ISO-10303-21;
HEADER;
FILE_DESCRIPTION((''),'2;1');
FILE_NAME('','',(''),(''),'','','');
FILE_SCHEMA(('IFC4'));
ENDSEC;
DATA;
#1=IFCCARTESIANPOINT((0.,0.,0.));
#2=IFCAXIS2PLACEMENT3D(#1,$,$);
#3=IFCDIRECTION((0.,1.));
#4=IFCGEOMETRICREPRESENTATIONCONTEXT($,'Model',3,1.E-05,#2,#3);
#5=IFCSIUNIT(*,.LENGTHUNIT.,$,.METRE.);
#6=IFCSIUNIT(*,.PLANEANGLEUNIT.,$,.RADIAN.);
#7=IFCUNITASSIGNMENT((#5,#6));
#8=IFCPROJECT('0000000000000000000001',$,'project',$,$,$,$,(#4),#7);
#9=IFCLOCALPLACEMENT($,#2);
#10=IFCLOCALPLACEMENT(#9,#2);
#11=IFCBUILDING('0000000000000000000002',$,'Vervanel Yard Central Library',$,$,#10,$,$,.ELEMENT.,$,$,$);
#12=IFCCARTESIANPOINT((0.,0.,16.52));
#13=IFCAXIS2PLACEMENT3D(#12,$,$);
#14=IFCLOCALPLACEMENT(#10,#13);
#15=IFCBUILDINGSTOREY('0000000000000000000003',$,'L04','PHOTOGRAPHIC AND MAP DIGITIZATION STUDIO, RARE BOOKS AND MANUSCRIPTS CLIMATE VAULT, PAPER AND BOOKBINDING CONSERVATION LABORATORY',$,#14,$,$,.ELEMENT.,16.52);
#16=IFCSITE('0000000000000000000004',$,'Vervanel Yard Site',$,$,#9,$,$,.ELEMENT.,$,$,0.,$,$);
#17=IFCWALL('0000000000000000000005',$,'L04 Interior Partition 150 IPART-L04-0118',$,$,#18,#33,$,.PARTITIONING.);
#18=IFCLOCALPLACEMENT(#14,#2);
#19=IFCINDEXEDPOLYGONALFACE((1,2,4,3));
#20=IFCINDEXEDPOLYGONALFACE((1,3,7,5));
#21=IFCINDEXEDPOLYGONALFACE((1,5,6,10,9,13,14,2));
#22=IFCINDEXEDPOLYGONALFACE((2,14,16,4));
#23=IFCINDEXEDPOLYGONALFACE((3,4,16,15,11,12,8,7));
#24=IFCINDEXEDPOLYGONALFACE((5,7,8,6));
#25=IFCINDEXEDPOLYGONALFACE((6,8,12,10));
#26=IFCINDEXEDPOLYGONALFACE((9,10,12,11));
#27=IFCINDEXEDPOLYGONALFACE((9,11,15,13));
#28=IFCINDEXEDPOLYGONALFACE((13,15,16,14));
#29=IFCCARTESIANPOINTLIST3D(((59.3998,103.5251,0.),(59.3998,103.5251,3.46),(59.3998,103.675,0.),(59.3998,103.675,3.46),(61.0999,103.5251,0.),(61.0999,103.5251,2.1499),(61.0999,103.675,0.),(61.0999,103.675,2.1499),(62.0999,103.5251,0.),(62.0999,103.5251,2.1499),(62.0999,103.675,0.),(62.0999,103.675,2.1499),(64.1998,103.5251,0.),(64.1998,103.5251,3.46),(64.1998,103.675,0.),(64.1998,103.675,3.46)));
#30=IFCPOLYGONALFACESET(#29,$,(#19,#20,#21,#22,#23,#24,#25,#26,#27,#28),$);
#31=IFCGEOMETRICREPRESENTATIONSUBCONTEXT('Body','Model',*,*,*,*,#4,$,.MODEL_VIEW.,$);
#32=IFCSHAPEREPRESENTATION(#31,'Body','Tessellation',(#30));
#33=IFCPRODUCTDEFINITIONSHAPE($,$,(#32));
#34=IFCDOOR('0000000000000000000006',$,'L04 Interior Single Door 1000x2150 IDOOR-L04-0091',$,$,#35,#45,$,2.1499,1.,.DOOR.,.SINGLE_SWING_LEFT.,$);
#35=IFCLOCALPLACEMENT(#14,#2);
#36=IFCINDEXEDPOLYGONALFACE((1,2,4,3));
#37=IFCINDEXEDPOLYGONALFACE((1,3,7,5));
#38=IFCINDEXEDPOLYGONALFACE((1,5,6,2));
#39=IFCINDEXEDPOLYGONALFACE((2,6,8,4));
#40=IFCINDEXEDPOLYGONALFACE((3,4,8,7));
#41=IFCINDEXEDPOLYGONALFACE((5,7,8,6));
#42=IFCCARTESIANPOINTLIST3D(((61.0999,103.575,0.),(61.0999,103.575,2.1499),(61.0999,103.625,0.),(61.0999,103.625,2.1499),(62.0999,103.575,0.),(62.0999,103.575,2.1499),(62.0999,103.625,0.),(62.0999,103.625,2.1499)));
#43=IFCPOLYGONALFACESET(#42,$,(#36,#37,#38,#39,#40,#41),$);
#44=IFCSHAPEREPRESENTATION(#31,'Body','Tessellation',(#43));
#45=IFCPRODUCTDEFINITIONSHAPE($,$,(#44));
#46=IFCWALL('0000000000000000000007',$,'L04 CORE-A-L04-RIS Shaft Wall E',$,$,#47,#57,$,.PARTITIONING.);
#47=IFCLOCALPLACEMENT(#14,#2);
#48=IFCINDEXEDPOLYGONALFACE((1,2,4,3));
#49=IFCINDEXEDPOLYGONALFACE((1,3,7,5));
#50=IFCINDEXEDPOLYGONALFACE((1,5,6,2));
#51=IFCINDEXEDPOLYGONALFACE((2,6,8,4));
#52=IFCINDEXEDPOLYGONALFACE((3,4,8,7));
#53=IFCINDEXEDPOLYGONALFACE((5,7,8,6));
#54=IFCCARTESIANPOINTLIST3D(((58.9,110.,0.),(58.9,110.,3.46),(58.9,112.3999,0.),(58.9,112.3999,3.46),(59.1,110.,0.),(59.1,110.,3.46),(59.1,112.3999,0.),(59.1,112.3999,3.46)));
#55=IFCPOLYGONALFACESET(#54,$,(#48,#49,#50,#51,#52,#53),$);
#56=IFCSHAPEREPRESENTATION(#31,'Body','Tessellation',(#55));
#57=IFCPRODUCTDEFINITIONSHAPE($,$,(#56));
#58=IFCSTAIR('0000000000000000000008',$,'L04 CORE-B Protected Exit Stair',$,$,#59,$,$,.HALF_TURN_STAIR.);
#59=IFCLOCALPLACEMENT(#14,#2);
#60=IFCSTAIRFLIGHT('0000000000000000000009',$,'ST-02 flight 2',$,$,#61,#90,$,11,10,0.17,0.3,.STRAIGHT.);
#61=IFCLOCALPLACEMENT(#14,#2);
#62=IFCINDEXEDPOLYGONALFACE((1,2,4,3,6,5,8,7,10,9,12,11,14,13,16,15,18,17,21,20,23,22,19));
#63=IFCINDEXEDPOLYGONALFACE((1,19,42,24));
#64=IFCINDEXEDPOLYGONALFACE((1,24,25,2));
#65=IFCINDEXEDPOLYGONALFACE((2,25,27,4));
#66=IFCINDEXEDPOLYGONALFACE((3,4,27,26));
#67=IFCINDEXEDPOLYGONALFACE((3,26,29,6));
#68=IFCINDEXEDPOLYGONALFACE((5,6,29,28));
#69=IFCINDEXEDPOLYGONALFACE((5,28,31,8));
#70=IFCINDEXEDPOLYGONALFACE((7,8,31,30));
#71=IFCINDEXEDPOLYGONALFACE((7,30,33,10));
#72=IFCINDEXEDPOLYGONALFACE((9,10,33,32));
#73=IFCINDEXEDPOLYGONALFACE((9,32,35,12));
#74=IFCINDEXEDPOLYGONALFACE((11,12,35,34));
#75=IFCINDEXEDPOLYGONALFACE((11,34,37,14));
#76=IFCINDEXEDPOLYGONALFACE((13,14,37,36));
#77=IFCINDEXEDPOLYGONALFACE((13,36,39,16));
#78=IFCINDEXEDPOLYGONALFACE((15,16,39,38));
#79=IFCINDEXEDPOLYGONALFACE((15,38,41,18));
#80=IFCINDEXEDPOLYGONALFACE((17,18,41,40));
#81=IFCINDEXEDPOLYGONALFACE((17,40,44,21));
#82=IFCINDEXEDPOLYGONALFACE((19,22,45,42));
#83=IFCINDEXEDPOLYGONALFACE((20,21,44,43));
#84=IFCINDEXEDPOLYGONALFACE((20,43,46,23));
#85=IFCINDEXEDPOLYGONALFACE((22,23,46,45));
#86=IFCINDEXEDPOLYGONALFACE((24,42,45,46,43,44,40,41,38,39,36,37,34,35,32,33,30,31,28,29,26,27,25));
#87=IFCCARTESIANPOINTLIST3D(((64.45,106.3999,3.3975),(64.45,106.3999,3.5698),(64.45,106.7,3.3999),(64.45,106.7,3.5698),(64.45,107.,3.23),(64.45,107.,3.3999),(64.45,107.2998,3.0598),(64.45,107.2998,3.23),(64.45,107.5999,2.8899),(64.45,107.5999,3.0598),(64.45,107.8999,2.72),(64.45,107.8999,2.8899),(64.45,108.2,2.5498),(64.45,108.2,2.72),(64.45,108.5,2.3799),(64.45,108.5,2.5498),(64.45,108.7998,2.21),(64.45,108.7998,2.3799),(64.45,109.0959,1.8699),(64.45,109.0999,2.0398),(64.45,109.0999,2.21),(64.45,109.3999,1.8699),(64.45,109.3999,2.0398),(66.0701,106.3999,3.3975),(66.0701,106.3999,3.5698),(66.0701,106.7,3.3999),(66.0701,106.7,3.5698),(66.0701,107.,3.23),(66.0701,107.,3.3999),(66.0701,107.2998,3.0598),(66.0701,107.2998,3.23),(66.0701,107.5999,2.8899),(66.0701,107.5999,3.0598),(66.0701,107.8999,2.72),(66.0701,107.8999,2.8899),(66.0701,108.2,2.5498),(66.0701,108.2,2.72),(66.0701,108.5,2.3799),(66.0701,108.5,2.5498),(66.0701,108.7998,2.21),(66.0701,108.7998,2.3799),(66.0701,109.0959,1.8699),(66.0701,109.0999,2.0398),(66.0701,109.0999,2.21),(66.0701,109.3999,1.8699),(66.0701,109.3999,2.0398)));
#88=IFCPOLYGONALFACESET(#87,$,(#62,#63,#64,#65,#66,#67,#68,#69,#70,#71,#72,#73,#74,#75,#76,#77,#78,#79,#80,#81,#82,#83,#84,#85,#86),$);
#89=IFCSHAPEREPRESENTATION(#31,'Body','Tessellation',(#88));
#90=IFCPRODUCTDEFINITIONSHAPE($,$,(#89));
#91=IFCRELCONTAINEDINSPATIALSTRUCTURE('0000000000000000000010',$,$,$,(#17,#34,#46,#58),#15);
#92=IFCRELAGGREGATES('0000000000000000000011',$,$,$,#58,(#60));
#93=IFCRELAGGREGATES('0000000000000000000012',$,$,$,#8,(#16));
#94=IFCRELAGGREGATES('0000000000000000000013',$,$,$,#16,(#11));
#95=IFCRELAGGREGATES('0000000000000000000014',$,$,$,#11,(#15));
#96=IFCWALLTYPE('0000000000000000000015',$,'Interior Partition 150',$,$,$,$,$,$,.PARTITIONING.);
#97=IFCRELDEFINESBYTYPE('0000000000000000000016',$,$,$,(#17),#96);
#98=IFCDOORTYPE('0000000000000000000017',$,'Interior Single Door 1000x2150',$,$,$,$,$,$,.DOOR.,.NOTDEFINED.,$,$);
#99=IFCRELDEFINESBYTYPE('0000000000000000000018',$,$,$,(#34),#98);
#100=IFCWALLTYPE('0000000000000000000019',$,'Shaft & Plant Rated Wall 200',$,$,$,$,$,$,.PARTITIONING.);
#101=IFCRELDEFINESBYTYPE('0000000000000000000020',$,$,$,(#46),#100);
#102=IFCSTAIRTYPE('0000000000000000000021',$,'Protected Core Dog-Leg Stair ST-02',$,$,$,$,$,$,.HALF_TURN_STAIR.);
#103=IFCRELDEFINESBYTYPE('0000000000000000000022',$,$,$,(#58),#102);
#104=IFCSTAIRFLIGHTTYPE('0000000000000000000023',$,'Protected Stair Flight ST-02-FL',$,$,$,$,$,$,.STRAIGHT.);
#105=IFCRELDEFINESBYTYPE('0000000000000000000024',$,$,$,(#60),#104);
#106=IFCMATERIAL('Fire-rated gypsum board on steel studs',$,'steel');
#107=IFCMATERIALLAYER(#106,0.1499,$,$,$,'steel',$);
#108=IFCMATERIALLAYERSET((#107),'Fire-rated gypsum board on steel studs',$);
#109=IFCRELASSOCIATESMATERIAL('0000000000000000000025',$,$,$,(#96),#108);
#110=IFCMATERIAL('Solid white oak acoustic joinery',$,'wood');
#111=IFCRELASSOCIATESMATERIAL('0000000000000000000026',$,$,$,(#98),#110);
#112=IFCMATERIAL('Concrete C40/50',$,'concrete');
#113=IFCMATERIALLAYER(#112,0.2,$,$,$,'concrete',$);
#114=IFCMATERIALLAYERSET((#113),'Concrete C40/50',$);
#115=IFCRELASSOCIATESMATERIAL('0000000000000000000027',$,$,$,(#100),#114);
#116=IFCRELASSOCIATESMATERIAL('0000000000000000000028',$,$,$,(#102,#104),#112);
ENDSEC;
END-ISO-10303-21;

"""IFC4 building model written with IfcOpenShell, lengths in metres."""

from ifc_helpers import new_model, si_unit, direction, frame, frame_2d, origin, place, context, subcontext, project, spatial, polyline, rectangle, outline, extrude, material, layer, layer_set, type_object, element, fill, aggregate, save


model = new_model("IFC4")

# Units and contexts
model_context = context("Model", 3, precision=1e-05, world=origin(), true_north=direction((0.0, 1.0)))
body_context = subcontext(model_context, "Body", "Model", "MODEL_VIEW")
ifc_project = project(units=[si_unit("LENGTHUNIT", "METRE"), si_unit("PLANEANGLEUNIT", "RADIAN")], contexts=[model_context])

# Site, building, storey
site_placement = place(None, origin())
site = spatial("IfcSite", under=ifc_project, at=site_placement, Name="Vervanel Yard Site", CompositionType="ELEMENT", RefElevation=0.0)
building_placement = place(site_placement, origin())
building = spatial("IfcBuilding", under=site, at=building_placement, Name="Vervanel Yard Central Library", CompositionType="ELEMENT")
storey_placement = place(building_placement, frame((0.0, 0.0, 16.52)))
storey = spatial("IfcBuildingStorey", under=building, at=storey_placement, Name="L04", Description="PHOTOGRAPHIC AND MAP DIGITIZATION STUDIO, RARE BOOKS AND MANUSCRIPTS CLIMATE VAULT, PAPER AND BOOKBINDING CONSERVATION LABORATORY", CompositionType="ELEMENT", Elevation=16.52)

# Shared definitions
ifc_material_1 = material(Name="Concrete C40/50", Category="concrete")

# Wall, opening, door
ifc_material_2 = material(Name="Fire-rated gypsum board on steel studs", Category="steel")
ifc_layer_1 = layer(ifc_material_2, 0.1499, Category="steel")
ifc_layer_set_1 = layer_set([ifc_layer_1], Name="Fire-rated gypsum board on steel studs")
wall_type_1 = type_object("IfcWallType", Name="Interior Partition 150", PredefinedType="PARTITIONING", material=ifc_layer_set_1)
wall_1_placement = place(storey_placement, frame((59.3999, 103.6001, 0.0), z_axis=(0.0, 0.0, 1.0), x_axis=(1.0, 0.0, 0.0)))
wall_1 = element("IfcWall", 1, at=wall_1_placement, inside=storey, type_object=wall_type_1, Name="L04 Interior Partition 150 IPART-L04-0118", PredefinedType="PARTITIONING", context=body_context, shape_type="SweptSolid", body=[
    extrude(rectangle(XDim=4.8, YDim=0.1499, at=frame_2d((2.3999, 0.0))), origin(), (0.0, 0.0, 1.0), 3.46),
])
opening_1_placement = place(wall_1_placement, frame((1.7, 0.0, 0.0)))
opening_1 = element("IfcOpeningElement", 2, at=opening_1_placement, cuts=wall_1, PredefinedType="OPENING", context=body_context, shape_type="SweptSolid", body=[
    extrude(rectangle(XDim=1.0, YDim=2.1499, at=frame_2d((0.5, 1.075))), frame((0.0, 0.085, 0.0), z_axis=(0.0, -1.0, 0.0), x_axis=(1.0, 0.0, 0.0)), (0.0, 0.0, 1.0), 0.1699),
])
ifc_material_3 = material(Name="Solid white oak acoustic joinery", Category="wood")
door_type_1 = type_object("IfcDoorType", Name="Interior Single Door 1000x2150", OperationType="NOTDEFINED", PredefinedType="DOOR", material=ifc_material_3)
door_1_placement = place(opening_1_placement, origin())
door_1 = element("IfcDoor", 3, at=door_1_placement, inside=storey, type_object=door_type_1, Name="L04 Interior Single Door 1000x2150 IDOOR-L04-0091", OperationType="SINGLE_SWING_LEFT", OverallHeight=2.1499, OverallWidth=1.0, PredefinedType="DOOR", context=body_context, shape_type="SweptSolid", body=[
    extrude(rectangle(XDim=1.0, YDim=2.1499, at=frame_2d((0.5, 1.075))), frame((0.0, 0.0249, 0.0), z_axis=(0.0, -1.0, 0.0), x_axis=(1.0, 0.0, 0.0)), (0.0, 0.0, 1.0), 0.05),
])
fill(opening_1, door_1)

# Wall
ifc_layer_2 = layer(ifc_material_1, 0.2, Category="concrete")
ifc_layer_set_2 = layer_set([ifc_layer_2], Name="Concrete C40/50")
wall_type_2 = type_object("IfcWallType", Name="Shaft & Plant Rated Wall 200", PredefinedType="PARTITIONING", material=ifc_layer_set_2)
wall_2_placement = place(storey_placement, frame((59.0, 110.0, 0.0), z_axis=(0.0, 0.0, 1.0), x_axis=(0.0, 1.0, 0.0)))
element("IfcWall", 4, at=wall_2_placement, inside=storey, type_object=wall_type_2, Name="L04 CORE-A-L04-RIS Shaft Wall E", PredefinedType="PARTITIONING", context=body_context, shape_type="SweptSolid", body=[
    extrude(rectangle(XDim=2.3999, YDim=0.2, at=frame_2d((1.2, 0.0))), origin(), (0.0, 0.0, 1.0), 3.46),
])

# Stair, stair flight
stair_type = type_object("IfcStairType", Name="Protected Core Dog-Leg Stair ST-02", PredefinedType="HALF_TURN_STAIR", material=ifc_material_1)
stair_placement = place(storey_placement, origin())
stair = element("IfcStair", 5, at=stair_placement, inside=storey, type_object=stair_type, Name="L04 CORE-B Protected Exit Stair", PredefinedType="HALF_TURN_STAIR")
stair_flight_type = type_object("IfcStairFlightType", Name="Protected Stair Flight ST-02-FL", PredefinedType="STRAIGHT", material=ifc_material_1)
stair_flight_placement = place(storey_placement, frame((65.26, 109.3999, 1.8699), z_axis=(0.0, 0.0, 1.0), x_axis=(0.0, -1.0, 0.0)))
stair_flight = element("IfcStairFlight", 6, at=stair_flight_placement, type_object=stair_flight_type, Name="ST-02 flight 2", NumberOfRisers=11, NumberOfTreads=10, PredefinedType="STRAIGHT", RiserHeight=0.17, TreadLength=0.3, context=body_context, shape_type="SweptSolid", body=[
    extrude(outline(polyline([(0.0, 0.0), (0.0, 0.1699), (0.3, 0.1699), (0.3, 0.3401), (0.6001, 0.3401), (0.6001, 0.51), (0.8999, 0.51), (0.8999, 0.6799), (1.2, 0.6799), (1.2, 0.8501), (1.5, 0.8501), (1.5, 1.02), (1.8, 1.02), (1.8, 1.1899), (2.1001, 1.1899), (2.1001, 1.3601), (2.3999, 1.3601), (2.3999, 1.53), (2.7, 1.53), (2.7, 1.7), (3.0, 1.7), (3.0, 1.8701), (3.0, 1.5276), (0.304, 0.0), (0.0, 0.0)])), frame((0.0, 0.8101, 0.0), z_axis=(0.0, -1.0, 0.0), x_axis=(1.0, 0.0, 0.0)), (0.0, 0.0, 1.0), 1.6201),
])
aggregate(stair, [stair_flight])

save(model, "model.ifc")
